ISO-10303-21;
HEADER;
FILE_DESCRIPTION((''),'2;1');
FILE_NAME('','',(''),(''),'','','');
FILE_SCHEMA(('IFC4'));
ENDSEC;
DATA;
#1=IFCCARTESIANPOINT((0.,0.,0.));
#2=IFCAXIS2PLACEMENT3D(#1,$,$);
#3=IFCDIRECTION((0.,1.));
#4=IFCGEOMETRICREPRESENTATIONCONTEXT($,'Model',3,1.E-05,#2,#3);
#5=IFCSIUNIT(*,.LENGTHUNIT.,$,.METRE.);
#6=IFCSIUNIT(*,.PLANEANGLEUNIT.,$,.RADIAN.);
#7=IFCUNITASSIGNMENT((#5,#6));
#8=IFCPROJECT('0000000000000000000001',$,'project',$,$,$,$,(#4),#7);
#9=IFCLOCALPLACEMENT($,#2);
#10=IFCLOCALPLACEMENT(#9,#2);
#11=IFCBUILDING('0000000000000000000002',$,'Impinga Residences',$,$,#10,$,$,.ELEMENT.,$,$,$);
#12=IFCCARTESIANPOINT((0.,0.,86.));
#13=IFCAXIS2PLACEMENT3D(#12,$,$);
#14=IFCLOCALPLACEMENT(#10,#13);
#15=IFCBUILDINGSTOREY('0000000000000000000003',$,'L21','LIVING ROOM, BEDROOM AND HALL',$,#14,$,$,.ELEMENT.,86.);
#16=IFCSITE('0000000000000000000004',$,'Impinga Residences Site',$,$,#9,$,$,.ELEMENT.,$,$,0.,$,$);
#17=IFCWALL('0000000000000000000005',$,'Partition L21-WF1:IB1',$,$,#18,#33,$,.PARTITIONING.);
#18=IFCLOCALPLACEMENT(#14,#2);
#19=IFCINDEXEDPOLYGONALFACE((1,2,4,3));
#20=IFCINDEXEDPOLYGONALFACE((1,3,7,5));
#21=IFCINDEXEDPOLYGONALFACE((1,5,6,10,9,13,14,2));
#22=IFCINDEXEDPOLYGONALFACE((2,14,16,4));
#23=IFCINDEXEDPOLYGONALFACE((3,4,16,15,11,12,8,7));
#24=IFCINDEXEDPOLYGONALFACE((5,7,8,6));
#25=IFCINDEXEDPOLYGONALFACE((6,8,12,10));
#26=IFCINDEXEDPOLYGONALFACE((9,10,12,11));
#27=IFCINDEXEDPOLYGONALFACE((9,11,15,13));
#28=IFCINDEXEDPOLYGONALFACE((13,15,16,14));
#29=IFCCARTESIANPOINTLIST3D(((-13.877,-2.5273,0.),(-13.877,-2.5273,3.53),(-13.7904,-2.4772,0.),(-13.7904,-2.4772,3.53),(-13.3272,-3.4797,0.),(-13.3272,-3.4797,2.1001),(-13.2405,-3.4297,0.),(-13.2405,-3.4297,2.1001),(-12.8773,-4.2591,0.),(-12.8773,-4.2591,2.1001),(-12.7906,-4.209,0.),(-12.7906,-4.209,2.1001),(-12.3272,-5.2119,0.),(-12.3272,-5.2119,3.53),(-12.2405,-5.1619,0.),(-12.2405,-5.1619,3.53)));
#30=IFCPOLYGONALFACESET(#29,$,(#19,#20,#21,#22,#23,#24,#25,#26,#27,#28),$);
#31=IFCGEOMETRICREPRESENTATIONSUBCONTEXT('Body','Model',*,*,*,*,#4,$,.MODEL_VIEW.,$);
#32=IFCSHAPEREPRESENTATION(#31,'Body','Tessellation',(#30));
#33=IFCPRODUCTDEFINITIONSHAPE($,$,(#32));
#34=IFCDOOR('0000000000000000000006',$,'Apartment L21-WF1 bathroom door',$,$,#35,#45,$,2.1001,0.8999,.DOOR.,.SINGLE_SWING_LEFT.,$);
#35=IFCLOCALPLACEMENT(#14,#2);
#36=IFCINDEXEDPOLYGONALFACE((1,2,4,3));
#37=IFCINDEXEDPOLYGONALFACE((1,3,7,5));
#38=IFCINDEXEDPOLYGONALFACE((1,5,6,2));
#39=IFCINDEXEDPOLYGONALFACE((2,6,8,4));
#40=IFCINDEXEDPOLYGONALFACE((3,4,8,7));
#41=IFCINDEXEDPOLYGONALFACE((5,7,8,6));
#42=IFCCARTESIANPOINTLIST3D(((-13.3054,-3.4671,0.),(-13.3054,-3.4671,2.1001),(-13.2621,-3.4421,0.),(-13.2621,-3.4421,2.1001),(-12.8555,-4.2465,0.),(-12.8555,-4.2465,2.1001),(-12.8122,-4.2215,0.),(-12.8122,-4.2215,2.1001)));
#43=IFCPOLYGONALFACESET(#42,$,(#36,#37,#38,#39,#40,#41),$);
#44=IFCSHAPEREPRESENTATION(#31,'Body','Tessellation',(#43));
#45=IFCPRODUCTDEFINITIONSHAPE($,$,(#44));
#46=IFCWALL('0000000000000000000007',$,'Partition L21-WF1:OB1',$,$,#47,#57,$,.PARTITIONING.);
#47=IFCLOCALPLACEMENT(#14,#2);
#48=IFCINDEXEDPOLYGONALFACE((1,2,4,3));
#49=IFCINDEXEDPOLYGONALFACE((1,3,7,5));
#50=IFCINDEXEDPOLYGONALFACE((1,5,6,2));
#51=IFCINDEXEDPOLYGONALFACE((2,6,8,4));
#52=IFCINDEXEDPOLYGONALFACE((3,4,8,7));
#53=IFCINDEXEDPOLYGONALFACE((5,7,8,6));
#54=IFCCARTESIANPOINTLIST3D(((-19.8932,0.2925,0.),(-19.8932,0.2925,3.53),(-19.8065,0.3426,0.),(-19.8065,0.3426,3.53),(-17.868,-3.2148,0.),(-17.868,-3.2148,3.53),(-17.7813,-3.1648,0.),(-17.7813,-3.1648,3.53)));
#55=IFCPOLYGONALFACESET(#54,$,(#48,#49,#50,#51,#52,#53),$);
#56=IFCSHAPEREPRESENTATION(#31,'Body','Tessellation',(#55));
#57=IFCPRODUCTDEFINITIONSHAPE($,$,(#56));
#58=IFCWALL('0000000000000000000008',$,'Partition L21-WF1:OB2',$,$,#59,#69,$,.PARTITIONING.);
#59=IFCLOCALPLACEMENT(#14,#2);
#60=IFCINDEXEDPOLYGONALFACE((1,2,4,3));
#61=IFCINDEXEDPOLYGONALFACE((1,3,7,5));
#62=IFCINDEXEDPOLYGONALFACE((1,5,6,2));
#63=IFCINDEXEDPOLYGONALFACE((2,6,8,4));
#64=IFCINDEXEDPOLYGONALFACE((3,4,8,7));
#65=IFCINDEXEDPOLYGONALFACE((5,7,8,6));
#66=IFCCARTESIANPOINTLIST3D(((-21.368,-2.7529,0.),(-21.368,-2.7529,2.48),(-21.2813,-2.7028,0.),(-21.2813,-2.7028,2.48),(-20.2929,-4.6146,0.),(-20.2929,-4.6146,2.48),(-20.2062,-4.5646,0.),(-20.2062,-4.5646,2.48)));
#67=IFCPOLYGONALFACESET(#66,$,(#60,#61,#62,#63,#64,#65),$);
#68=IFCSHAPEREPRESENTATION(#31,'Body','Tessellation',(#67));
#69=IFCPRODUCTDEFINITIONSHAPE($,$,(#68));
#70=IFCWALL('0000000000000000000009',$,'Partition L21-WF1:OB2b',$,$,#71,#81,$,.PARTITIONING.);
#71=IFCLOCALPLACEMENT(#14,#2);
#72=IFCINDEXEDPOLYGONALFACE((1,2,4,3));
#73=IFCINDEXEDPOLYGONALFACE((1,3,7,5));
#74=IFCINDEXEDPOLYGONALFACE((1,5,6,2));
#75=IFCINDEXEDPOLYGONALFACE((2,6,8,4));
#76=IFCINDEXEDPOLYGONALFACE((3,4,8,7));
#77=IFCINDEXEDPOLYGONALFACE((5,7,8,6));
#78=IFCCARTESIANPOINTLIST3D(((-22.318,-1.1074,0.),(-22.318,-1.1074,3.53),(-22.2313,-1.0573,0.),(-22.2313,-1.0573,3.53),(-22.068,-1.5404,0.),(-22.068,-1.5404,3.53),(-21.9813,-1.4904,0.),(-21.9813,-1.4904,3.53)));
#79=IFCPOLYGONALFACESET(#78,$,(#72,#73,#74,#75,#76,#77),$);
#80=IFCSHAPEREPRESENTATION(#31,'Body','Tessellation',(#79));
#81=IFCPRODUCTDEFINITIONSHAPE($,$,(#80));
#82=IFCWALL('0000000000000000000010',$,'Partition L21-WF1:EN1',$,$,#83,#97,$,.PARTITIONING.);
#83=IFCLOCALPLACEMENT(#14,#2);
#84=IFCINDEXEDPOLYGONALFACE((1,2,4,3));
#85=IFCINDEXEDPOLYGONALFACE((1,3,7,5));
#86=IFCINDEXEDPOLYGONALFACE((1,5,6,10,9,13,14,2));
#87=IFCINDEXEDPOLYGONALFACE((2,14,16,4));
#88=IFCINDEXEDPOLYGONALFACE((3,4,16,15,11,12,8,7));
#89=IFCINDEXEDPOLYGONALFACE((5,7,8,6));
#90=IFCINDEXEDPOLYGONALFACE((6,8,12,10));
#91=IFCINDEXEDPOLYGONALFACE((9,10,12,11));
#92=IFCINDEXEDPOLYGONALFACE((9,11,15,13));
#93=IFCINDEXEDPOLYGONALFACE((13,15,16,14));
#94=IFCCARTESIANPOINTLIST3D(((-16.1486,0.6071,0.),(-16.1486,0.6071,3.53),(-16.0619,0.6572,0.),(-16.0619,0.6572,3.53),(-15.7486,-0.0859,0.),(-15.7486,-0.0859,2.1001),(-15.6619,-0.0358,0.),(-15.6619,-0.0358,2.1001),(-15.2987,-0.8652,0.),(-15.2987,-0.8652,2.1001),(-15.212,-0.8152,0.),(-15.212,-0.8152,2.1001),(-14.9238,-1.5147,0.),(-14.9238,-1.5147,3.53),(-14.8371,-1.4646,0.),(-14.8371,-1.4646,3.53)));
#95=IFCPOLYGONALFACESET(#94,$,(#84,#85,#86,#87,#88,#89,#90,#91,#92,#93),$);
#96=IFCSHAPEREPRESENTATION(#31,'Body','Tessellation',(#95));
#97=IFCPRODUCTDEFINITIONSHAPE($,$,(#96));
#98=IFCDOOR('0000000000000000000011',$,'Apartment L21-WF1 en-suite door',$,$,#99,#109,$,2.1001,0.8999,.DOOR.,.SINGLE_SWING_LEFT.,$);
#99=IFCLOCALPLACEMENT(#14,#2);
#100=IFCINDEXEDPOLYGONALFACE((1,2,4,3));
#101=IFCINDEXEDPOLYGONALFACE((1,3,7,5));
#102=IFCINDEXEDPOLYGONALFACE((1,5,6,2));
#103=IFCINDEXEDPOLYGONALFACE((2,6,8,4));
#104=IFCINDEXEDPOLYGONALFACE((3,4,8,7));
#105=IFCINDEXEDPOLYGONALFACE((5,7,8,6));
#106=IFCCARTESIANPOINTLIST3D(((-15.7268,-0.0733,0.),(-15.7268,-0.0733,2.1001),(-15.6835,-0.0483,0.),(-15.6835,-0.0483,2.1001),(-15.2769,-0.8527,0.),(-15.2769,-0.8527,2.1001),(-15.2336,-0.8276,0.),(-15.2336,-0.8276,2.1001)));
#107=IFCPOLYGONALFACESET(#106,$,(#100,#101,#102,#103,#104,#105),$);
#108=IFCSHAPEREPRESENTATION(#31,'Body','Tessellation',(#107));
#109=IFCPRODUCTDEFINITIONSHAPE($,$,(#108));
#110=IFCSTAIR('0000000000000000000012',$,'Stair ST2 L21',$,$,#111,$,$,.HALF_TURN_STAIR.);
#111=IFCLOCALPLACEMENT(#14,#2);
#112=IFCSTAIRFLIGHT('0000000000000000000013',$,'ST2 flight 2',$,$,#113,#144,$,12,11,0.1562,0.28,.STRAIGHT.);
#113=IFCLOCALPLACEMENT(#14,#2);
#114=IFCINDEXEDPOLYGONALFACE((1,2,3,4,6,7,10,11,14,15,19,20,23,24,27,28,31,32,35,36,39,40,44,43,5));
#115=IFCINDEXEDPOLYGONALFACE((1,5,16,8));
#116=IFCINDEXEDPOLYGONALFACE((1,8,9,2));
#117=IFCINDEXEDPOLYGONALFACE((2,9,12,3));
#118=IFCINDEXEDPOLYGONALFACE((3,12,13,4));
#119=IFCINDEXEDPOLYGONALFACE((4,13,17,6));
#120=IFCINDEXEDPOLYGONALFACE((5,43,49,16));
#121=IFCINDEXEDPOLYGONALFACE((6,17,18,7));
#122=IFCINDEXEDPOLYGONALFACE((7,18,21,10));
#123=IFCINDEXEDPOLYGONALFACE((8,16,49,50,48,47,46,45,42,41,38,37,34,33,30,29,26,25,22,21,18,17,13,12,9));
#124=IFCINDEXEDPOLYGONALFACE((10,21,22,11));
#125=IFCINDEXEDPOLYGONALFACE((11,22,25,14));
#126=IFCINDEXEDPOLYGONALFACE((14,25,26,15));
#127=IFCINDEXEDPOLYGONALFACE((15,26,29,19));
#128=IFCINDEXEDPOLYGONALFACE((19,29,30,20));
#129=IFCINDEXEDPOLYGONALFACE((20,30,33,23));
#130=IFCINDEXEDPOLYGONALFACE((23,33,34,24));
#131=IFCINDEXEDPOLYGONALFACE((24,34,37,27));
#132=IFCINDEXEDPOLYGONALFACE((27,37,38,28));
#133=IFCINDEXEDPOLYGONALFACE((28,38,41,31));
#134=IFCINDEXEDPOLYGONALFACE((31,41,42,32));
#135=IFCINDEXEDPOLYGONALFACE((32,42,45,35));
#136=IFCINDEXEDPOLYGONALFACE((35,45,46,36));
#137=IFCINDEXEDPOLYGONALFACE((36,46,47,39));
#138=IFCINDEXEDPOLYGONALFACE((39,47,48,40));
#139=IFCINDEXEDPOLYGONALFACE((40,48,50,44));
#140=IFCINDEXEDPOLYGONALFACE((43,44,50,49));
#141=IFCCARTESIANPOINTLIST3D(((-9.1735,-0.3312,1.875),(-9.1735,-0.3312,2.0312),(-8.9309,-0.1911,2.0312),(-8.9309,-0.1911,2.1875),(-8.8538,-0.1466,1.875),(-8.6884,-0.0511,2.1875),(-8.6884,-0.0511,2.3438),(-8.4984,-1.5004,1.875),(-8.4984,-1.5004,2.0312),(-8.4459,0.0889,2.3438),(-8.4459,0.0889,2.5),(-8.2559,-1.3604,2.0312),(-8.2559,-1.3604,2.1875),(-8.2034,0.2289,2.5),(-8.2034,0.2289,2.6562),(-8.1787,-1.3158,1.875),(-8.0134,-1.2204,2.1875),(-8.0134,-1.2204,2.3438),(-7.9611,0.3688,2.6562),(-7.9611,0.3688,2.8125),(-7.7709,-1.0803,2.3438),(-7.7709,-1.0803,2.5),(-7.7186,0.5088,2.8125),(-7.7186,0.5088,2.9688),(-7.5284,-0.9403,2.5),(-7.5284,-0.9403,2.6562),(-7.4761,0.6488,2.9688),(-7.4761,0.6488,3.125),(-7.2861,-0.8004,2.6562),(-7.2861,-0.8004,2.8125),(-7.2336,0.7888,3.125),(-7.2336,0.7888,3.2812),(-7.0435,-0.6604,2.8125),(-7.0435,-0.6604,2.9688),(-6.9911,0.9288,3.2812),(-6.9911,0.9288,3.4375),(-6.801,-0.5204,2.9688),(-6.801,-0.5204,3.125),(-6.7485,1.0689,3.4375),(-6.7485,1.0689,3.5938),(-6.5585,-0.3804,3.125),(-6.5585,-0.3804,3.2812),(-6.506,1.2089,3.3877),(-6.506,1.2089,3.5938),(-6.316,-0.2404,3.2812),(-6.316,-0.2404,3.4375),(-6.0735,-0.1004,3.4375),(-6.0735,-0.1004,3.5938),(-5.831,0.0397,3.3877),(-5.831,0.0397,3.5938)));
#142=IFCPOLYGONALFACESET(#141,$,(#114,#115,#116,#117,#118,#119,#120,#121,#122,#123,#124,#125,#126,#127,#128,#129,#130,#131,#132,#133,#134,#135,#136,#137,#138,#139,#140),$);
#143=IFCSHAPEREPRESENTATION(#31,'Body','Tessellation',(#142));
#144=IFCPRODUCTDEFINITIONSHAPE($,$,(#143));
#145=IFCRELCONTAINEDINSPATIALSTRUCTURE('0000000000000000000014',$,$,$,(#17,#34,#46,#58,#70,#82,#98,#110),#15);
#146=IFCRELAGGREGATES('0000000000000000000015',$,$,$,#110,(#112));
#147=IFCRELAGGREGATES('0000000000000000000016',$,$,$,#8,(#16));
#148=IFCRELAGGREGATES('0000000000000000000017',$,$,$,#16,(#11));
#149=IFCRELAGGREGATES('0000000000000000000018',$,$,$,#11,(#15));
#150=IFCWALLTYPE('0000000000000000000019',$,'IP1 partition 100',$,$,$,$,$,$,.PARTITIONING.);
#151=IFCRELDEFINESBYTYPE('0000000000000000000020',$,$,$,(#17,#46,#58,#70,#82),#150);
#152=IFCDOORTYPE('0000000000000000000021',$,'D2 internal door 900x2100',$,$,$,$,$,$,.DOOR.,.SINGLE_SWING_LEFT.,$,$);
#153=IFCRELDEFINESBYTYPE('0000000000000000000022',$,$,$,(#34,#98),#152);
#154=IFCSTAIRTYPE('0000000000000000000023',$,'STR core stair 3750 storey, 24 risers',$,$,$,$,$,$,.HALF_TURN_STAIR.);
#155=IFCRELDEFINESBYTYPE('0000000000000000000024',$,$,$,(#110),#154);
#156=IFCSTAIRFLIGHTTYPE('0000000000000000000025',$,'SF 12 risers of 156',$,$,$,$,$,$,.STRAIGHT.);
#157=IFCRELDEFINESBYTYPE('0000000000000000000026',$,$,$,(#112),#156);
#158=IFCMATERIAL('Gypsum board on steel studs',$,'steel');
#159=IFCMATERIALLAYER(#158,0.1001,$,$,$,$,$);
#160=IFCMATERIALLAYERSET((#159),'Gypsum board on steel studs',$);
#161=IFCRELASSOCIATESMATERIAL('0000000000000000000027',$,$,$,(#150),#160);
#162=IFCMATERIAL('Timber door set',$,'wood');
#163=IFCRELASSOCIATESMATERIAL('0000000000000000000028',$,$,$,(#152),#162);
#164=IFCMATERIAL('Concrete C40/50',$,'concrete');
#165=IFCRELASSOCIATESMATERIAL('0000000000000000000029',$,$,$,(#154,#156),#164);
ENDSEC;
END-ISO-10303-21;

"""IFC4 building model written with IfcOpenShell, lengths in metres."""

from ifc_helpers import new_model, si_unit, direction, frame, frame_2d, origin, place, context, subcontext, project, spatial, polyline, rectangle, outline, extrude, material, layer, layer_set, type_object, element, fill, aggregate, save


model = new_model("IFC4")

# Units and contexts
model_context = context("Model", 3, precision=1e-05, world=origin(), true_north=direction((0.0, 1.0)))
body_context = subcontext(model_context, "Body", "Model", "MODEL_VIEW")
ifc_project = project(units=[si_unit("LENGTHUNIT", "METRE"), si_unit("PLANEANGLEUNIT", "RADIAN")], contexts=[model_context])

# Site, building, storey
site_placement = place(None, origin())
site = spatial("IfcSite", under=ifc_project, at=site_placement, Name="Impinga Residences Site", CompositionType="ELEMENT", RefElevation=0.0)
building_placement = place(site_placement, origin())
building = spatial("IfcBuilding", under=site, at=building_placement, Name="Impinga Residences", CompositionType="ELEMENT")
storey_placement = place(building_placement, frame((0.0, 0.0, 86.0)))
storey = spatial("IfcBuildingStorey", under=building, at=storey_placement, Name="L21", Description="LIVING ROOM, BEDROOM AND HALL", CompositionType="ELEMENT", Elevation=86.0)

# Shared definitions
ifc_material_1 = material(Name="Timber door set", Category="wood")

# Shared definitions
ifc_material_2 = material(Name="Gypsum board on steel studs", Category="steel")
ifc_layer_1 = layer(ifc_material_2, 0.1001)
ifc_layer_set_1 = layer_set([ifc_layer_1], Name="Gypsum board on steel studs")
wall_type_1 = type_object("IfcWallType", Name="IP1 partition 100", PredefinedType="PARTITIONING", material=ifc_layer_set_1)

# Wall, opening, door
wall_1_placement = place(storey_placement, frame((-12.2839, -5.1868, 0.0), z_axis=(0.0, 0.0, 1.0), x_axis=(-0.499968, 0.866044, 0.0)))
wall_1 = element("IfcWall", 1, at=wall_1_placement, inside=storey, type_object=wall_type_1, Name="Partition L21-WF1:IB1", PredefinedType="PARTITIONING", context=body_context, shape_type="SweptSolid", body=[
    extrude(rectangle(XDim=3.0999, YDim=0.1001, at=frame_2d((1.5498, 0.0))), origin(), (0.0, 0.0, 1.0), 3.53),
])
opening_1_placement = place(wall_1_placement, frame((1.1001, 0.0, 0.0)))
opening_1 = element("IfcOpeningElement", 2, at=opening_1_placement, cuts=wall_1, PredefinedType="OPENING", context=body_context, shape_type="SweptSolid", body=[
    extrude(rectangle(XDim=0.8999, YDim=2.1001, at=frame_2d((0.45, 1.05))), frame((0.0, 0.0601, 0.0), z_axis=(0.0, -1.0, 0.0), x_axis=(1.0, 0.0, 0.0)), (0.0, 0.0, 1.0), 0.1201),
])
door_type_1 = type_object("IfcDoorType", Name="D2 internal door 900x2100", OperationType="SINGLE_SWING_LEFT", PredefinedType="DOOR", material=ifc_material_1)
door_1_placement = place(opening_1_placement, origin())
door_1 = element("IfcDoor", 3, at=door_1_placement, inside=storey, type_object=door_type_1, Name="Apartment L21-WF1 bathroom door", OperationType="SINGLE_SWING_LEFT", OverallHeight=2.1001, OverallWidth=0.8999, PredefinedType="DOOR", context=body_context, shape_type="SweptSolid", body=[
    extrude(rectangle(XDim=0.8999, YDim=2.1001, at=frame_2d((0.45, 1.05))), frame((0.0, 0.0249, 0.0), z_axis=(0.0, -1.0, 0.0), x_axis=(1.0, 0.0, 0.0)), (0.0, 0.0, 1.0), 0.05),
])
fill(opening_1, door_1)

# Walls
wall_2_placement = place(storey_placement, frame((-17.8247, -3.1897, 0.0), z_axis=(0.0, 0.0, 1.0), x_axis=(-0.500036, 0.866005, 0.0)))
element("IfcWall", 4, at=wall_2_placement, inside=storey, type_object=wall_type_1, Name="Partition L21-WF1:OB1", PredefinedType="PARTITIONING", context=body_context, shape_type="SweptSolid", body=[
    extrude(rectangle(XDim=4.05, YDim=0.1001, at=frame_2d((2.0249, 0.0))), origin(), (0.0, 0.0, 1.0), 3.53),
])
wall_3_placement = place(storey_placement, frame((-20.2495, -4.5896, 0.0), z_axis=(0.0, 0.0, 1.0), x_axis=(-0.500096, 0.86597, 0.0)))
element("IfcWall", 5, at=wall_3_placement, inside=storey, type_object=wall_type_1, Name="Partition L21-WF1:OB2", PredefinedType="PARTITIONING", context=body_context, shape_type="SweptSolid", body=[
    extrude(rectangle(XDim=2.1499, YDim=0.1001, at=frame_2d((1.075, 0.0))), origin(), (0.0, 0.0, 1.0), 2.48),
])
wall_4_placement = place(storey_placement, frame((-22.0247, -1.5154, 0.0), z_axis=(0.0, 0.0, 1.0), x_axis=(-0.49992, 0.866072, 0.0)))
element("IfcWall", 6, at=wall_4_placement, inside=storey, type_object=wall_type_1, Name="Partition L21-WF1:OB2b", PredefinedType="PARTITIONING", context=body_context, shape_type="SweptSolid", body=[
    extrude(rectangle(XDim=0.5, YDim=0.1001, at=frame_2d((0.25, 0.0))), origin(), (0.0, 0.0, 1.0), 3.53),
])

# Wall, opening, door
wall_5_placement = place(storey_placement, frame((-14.8804, -1.4897, 0.0), z_axis=(0.0, 0.0, 1.0), x_axis=(-0.499944, 0.866058, 0.0)))
wall_5 = element("IfcWall", 7, at=wall_5_placement, inside=storey, type_object=wall_type_1, Name="Partition L21-WF1:EN1", PredefinedType="PARTITIONING", context=body_context, shape_type="SweptSolid", body=[
    extrude(rectangle(XDim=2.45, YDim=0.1001, at=frame_2d((1.2251, 0.0))), origin(), (0.0, 0.0, 1.0), 3.53),
])
opening_2_placement = place(wall_5_placement, frame((0.75, 0.0, 0.0)))
opening_2 = element("IfcOpeningElement", 8, at=opening_2_placement, cuts=wall_5, PredefinedType="OPENING", context=body_context, shape_type="SweptSolid", body=[
    extrude(rectangle(XDim=0.8999, YDim=2.1001, at=frame_2d((0.45, 1.05))), frame((0.0, 0.0601, 0.0), z_axis=(0.0, -1.0, 0.0), x_axis=(1.0, 0.0, 0.0)), (0.0, 0.0, 1.0), 0.1201),
])
door_2_placement = place(opening_2_placement, origin())
door_2 = element("IfcDoor", 9, at=door_2_placement, inside=storey, type_object=door_type_1, Name="Apartment L21-WF1 en-suite door", OperationType="SINGLE_SWING_LEFT", OverallHeight=2.1001, OverallWidth=0.8999, PredefinedType="DOOR", context=body_context, shape_type="SweptSolid", body=[
    extrude(rectangle(XDim=0.8999, YDim=2.1001, at=frame_2d((0.45, 1.05))), frame((0.0, 0.0249, 0.0), z_axis=(0.0, -1.0, 0.0), x_axis=(1.0, 0.0, 0.0)), (0.0, 0.0, 1.0), 0.05),
])
fill(opening_2, door_2)

# Stair, stair flight
ifc_material_3 = material(Name="Concrete C40/50", Category="concrete")
stair_type = type_object("IfcStairType", Name="STR core stair 3750 storey, 24 risers", PredefinedType="HALF_TURN_STAIR", material=ifc_material_3)
stair_placement = place(storey_placement, origin())
stair = element("IfcStair", 10, at=stair_placement, inside=storey, type_object=stair_type, Name="Stair ST2 L21", PredefinedType="HALF_TURN_STAIR")
stair_flight_type = type_object("IfcStairFlightType", Name="SF 12 risers of 156", PredefinedType="STRAIGHT", material=ifc_material_3)
stair_flight_placement = place(storey_placement, frame((-8.8359, -0.9158, 1.875), z_axis=(0.0, 0.0, 1.0), x_axis=(0.866025, 0.5, 0.0)))
stair_flight = element("IfcStairFlight", 11, at=stair_flight_placement, type_object=stair_flight_type, Name="ST2 flight 2", NumberOfRisers=12, NumberOfTreads=11, PredefinedType="STRAIGHT", RiserHeight=0.1562, TreadLength=0.28, context=body_context, shape_type="SweptSolid", body=[
    extrude(outline(polyline([(0.0, 0.0), (0.0, 0.1562), (0.28, 0.1562), (0.28, 0.3125), (0.5601, 0.3125), (0.5601, 0.4688), (0.8401, 0.4688), (0.8401, 0.625), (1.1201, 0.625), (1.1201, 0.7812), (1.3999, 0.7812), (1.3999, 0.9375), (1.6799, 0.9375), (1.6799, 1.0938), (1.96, 1.0938), (1.96, 1.25), (2.24, 1.25), (2.24, 1.4062), (2.52, 1.4062), (2.52, 1.5625), (2.8, 1.5625), (2.8, 1.7188), (3.0801, 1.7188), (3.0801, 1.875), (3.0801, 1.5127), (0.3691, 0.0), (0.0, 0.0)])), frame((0.0, 0.675, 0.0), z_axis=(0.0, -1.0, 0.0), x_axis=(1.0, 0.0, 0.0)), (0.0, 0.0, 1.0), 1.3501),
])
aggregate(stair, [stair_flight])

save(model, "model.ifc")
